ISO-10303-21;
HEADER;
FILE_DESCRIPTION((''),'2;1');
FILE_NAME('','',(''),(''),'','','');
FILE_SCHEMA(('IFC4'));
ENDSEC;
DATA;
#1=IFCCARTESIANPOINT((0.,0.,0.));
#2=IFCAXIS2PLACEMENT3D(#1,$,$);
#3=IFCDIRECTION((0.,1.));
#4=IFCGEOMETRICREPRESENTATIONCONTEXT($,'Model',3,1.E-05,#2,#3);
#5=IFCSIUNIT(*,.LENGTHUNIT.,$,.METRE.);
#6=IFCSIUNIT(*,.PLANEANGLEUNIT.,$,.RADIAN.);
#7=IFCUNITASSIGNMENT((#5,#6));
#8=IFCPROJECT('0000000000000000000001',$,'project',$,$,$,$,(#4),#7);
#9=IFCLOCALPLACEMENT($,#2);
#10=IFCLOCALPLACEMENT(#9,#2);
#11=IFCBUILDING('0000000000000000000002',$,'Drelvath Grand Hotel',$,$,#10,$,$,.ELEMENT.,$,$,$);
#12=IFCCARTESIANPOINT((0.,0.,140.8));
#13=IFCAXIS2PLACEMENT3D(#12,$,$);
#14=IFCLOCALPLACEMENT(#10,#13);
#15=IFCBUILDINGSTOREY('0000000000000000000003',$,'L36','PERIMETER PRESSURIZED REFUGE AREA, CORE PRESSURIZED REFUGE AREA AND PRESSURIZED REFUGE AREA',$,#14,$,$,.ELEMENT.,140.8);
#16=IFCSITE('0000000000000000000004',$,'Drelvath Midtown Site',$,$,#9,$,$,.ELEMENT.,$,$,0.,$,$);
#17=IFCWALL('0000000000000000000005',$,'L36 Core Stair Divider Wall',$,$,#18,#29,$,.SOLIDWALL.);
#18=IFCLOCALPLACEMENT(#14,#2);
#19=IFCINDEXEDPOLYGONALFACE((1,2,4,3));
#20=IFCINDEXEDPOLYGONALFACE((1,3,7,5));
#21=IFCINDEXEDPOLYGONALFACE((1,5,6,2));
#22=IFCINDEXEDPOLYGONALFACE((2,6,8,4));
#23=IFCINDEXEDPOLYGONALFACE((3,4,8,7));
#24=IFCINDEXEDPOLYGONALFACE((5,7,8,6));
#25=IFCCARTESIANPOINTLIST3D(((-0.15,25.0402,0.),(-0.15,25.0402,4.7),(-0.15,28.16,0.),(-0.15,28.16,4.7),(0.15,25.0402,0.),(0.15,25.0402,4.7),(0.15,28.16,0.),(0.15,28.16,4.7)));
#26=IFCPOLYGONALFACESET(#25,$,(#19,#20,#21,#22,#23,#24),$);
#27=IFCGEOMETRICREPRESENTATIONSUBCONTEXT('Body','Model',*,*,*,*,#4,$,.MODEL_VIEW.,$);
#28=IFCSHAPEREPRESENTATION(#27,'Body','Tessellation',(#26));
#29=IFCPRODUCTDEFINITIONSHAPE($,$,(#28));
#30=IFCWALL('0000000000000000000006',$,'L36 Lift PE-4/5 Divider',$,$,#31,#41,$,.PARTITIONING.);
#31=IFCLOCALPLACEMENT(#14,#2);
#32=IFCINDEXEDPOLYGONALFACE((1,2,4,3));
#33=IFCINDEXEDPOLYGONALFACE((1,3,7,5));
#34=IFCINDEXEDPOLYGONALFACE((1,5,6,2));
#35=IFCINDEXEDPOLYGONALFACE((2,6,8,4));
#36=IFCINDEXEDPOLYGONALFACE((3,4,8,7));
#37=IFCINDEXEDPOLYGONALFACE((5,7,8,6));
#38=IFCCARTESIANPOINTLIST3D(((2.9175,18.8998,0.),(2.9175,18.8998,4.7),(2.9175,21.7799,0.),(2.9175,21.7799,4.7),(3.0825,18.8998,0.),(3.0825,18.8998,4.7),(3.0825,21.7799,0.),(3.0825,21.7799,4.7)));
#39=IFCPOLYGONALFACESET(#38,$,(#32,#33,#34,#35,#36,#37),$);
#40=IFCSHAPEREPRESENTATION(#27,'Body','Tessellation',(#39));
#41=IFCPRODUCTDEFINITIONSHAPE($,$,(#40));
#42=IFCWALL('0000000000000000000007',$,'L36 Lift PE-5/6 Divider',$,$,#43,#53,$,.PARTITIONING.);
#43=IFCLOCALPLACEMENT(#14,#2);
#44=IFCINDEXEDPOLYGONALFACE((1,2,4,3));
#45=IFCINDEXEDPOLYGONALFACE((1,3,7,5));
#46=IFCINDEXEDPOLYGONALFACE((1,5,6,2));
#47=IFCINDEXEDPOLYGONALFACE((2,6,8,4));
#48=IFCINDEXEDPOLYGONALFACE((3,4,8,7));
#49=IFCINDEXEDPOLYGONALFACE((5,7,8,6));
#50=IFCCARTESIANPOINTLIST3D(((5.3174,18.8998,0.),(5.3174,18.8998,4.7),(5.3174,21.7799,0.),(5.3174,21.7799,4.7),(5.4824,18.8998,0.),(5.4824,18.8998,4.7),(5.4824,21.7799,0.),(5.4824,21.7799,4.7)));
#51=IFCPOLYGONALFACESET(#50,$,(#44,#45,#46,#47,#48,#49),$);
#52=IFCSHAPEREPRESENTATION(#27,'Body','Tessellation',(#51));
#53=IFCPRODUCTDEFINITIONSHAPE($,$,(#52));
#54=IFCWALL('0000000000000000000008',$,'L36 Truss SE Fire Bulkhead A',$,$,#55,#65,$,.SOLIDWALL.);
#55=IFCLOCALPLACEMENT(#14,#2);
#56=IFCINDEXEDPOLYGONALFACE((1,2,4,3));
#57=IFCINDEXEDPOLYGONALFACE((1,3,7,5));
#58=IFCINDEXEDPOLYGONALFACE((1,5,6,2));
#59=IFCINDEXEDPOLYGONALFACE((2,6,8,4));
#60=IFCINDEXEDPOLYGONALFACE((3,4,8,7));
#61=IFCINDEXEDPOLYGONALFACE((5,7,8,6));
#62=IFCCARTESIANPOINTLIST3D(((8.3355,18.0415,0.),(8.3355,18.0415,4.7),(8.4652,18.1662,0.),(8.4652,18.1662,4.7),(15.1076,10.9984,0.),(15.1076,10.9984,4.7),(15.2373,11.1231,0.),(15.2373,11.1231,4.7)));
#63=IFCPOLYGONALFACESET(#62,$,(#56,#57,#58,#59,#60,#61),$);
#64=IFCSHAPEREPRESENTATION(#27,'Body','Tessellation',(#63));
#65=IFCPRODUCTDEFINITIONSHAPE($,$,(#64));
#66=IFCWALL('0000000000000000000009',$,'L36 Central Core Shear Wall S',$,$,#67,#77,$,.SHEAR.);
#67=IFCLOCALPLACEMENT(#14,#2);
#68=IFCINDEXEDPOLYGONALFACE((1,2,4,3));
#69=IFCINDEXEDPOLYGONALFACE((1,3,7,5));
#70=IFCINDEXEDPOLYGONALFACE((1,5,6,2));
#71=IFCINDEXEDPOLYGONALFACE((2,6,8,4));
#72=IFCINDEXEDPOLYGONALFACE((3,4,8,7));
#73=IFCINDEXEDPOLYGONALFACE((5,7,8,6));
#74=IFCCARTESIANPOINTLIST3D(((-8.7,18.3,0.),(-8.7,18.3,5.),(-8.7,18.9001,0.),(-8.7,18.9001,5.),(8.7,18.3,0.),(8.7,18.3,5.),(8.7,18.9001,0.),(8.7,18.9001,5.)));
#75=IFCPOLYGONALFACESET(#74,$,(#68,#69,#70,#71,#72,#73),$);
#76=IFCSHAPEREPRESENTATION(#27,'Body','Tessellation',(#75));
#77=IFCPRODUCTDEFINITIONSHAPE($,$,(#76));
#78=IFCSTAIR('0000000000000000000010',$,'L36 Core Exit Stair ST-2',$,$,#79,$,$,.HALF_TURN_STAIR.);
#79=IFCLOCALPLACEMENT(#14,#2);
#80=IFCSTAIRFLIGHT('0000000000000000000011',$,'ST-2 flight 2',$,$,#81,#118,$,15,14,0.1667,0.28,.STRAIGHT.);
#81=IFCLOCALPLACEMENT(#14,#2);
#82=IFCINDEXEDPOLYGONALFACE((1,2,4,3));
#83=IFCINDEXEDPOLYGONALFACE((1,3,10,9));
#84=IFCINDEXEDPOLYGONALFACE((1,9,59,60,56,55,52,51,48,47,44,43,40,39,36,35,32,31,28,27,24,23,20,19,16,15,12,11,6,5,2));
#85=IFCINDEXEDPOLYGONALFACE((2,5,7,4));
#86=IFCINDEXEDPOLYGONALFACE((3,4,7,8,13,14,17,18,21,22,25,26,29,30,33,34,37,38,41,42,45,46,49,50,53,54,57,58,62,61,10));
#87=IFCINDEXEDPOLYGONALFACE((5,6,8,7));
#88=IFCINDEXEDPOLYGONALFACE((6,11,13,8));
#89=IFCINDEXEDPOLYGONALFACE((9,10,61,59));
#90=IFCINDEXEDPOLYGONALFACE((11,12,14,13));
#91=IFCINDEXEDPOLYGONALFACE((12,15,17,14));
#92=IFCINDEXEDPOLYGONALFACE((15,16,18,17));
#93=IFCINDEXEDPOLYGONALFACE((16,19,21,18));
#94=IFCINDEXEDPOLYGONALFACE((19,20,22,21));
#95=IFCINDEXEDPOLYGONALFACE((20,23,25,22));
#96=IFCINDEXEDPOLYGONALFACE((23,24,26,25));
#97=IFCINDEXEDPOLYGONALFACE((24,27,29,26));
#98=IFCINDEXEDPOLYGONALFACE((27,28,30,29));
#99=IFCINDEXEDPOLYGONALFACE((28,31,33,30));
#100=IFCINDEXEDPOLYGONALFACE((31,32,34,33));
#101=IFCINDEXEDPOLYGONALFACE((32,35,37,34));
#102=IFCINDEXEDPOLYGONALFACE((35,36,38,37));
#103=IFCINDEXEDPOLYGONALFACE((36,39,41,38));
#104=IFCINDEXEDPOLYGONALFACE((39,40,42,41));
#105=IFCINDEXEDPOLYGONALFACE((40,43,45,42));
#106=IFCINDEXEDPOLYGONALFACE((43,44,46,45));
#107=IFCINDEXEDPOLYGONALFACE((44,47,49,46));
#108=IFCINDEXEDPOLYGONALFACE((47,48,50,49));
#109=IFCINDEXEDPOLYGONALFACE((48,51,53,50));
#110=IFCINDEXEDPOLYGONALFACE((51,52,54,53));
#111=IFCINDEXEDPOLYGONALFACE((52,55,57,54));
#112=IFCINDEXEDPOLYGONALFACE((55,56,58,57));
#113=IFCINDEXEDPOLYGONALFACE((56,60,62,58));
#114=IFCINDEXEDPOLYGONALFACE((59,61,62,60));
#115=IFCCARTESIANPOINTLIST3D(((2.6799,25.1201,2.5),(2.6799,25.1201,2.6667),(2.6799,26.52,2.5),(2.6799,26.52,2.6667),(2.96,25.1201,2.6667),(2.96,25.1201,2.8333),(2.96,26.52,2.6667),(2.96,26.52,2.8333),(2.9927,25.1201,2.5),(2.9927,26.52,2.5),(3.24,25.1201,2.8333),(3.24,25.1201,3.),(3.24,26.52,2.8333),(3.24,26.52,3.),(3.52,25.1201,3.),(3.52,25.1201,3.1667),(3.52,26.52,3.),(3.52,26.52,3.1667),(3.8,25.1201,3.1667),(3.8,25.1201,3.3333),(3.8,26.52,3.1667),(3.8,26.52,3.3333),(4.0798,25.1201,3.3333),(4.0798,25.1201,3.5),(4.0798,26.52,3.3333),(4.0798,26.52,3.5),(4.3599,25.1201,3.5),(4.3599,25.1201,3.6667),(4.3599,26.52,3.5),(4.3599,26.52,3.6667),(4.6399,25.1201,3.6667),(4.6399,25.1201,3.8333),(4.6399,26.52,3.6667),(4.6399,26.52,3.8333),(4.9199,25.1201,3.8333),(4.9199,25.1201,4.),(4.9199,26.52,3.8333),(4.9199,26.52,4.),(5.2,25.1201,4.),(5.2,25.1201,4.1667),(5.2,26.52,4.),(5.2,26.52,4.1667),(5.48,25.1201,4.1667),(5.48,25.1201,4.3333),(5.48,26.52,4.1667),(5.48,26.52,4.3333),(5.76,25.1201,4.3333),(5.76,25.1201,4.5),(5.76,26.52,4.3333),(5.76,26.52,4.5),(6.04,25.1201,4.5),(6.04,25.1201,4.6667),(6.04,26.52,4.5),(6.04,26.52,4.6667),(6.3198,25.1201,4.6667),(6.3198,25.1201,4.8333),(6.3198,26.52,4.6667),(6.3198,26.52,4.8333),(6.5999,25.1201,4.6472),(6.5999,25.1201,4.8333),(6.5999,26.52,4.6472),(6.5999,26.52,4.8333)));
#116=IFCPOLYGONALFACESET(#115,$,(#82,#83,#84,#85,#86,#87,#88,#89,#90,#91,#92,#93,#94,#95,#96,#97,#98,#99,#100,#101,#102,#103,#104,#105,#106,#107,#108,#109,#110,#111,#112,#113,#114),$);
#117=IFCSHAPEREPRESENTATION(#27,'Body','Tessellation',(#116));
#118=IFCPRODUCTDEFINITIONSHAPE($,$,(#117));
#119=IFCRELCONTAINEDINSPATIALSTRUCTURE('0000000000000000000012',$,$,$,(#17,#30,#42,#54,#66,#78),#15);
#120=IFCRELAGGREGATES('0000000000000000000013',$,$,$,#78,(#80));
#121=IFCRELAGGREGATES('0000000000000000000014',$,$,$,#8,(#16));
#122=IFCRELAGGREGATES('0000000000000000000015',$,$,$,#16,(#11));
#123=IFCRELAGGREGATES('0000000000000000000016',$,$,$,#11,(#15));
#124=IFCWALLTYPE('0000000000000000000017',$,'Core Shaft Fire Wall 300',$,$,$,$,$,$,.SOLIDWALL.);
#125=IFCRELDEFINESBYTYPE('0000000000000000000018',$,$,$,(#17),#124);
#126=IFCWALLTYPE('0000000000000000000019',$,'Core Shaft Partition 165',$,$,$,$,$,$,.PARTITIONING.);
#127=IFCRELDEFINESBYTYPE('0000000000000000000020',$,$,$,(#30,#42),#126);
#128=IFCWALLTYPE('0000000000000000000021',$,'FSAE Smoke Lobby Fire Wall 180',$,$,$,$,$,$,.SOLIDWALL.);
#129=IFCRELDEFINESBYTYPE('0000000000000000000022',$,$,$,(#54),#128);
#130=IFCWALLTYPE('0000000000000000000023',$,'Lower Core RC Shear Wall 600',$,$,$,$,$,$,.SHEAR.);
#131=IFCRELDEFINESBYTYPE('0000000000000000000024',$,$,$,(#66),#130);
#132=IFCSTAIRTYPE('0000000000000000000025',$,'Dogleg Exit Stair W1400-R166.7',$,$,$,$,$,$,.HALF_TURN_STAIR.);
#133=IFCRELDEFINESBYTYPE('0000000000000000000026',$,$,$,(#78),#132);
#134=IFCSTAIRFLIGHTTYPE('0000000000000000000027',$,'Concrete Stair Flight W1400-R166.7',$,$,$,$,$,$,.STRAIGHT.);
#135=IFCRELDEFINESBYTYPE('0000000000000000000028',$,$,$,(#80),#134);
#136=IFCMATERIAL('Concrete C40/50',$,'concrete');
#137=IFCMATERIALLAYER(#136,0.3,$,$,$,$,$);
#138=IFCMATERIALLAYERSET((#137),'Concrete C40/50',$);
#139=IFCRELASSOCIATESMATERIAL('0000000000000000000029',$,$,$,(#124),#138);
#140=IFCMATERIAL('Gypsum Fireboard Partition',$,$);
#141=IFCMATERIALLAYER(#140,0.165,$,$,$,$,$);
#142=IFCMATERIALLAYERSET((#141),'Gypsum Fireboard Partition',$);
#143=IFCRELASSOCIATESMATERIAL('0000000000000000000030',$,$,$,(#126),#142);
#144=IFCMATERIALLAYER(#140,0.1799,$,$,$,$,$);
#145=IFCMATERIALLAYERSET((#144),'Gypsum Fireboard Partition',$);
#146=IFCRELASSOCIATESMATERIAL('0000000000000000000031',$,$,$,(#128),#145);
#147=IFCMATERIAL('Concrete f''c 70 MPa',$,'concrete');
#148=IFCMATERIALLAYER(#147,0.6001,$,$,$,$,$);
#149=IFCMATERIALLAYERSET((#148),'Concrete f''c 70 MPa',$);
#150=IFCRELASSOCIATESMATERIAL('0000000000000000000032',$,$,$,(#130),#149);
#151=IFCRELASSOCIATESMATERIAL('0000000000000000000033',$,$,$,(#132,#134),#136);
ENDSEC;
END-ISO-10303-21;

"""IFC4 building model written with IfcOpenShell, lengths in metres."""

from ifc_helpers import new_model, si_unit, direction, frame, frame_2d, origin, place, context, subcontext, project, spatial, polyline, rectangle, outline, extrude, material, layer, layer_set, type_object, element, aggregate, save


model = new_model("IFC4")

# Units and contexts
model_context = context("Model", 3, precision=1e-05, world=origin(), true_north=direction((0.0, 1.0)))
body_context = subcontext(model_context, "Body", "Model", "MODEL_VIEW")
ifc_project = project(units=[si_unit("LENGTHUNIT", "METRE"), si_unit("PLANEANGLEUNIT", "RADIAN")], contexts=[model_context])

# Site, building, storey
site_placement = place(None, origin())
site = spatial("IfcSite", under=ifc_project, at=site_placement, Name="Drelvath Midtown Site", CompositionType="ELEMENT", RefElevation=0.0)
building_placement = place(site_placement, origin())
building = spatial("IfcBuilding", under=site, at=building_placement, Name="Drelvath Grand Hotel", CompositionType="ELEMENT")
storey_placement = place(building_placement, frame((0.0, 0.0, 140.8)))
storey = spatial("IfcBuildingStorey", under=building, at=storey_placement, Name="L36", Description="PERIMETER PRESSURIZED REFUGE AREA, CORE PRESSURIZED REFUGE AREA AND PRESSURIZED REFUGE AREA", CompositionType="ELEMENT", Elevation=140.8)

# Shared definitions
ifc_material_1 = material(Name="Concrete f'c 70 MPa", Category="concrete")

# Shared definitions
ifc_material_2 = material(Name="Concrete C40/50", Category="concrete")

# Walls
ifc_layer_1 = layer(ifc_material_2, 0.3)
ifc_layer_set_1 = layer_set([ifc_layer_1], Name="Concrete C40/50")
wall_type_1 = type_object("IfcWallType", Name="Core Shaft Fire Wall 300", PredefinedType="SOLIDWALL", material=ifc_layer_set_1)
wall_1_placement = place(storey_placement, frame((0.0, 25.04, 0.0), z_axis=(0.0, 0.0, 1.0), x_axis=(0.0, 1.0, 0.0)))
element("IfcWall", 1, at=wall_1_placement, inside=storey, type_object=wall_type_1, Name="L36 Core Stair Divider Wall", PredefinedType="SOLIDWALL", context=body_context, shape_type="SweptSolid", body=[
    extrude(rectangle(XDim=3.1199, YDim=0.3, at=frame_2d((1.5601, 0.0))), origin(), (0.0, 0.0, 1.0), 4.7),
])
ifc_material_3 = material(Name="Gypsum Fireboard Partition")
ifc_layer_2 = layer(ifc_material_3, 0.165)
ifc_layer_set_2 = layer_set([ifc_layer_2], Name="Gypsum Fireboard Partition")
wall_type_2 = type_object("IfcWallType", Name="Core Shaft Partition 165", PredefinedType="PARTITIONING", material=ifc_layer_set_2)
for number, where, z_axis, x_axis, name in (
    (2, (3.0, 18.8999, 0.0), (0.0, 0.0, 1.0), (0.0, 1.0, 0.0), "L36 Lift PE-4/5 Divider"),
    (3, (5.3999, 18.8999, 0.0), (0.0, 0.0, 1.0), (0.0, 1.0, 0.0), "L36 Lift PE-5/6 Divider"),
):
    element("IfcWall", number, at=place(storey_placement, frame(where, z_axis=z_axis, x_axis=x_axis)), inside=storey, type_object=wall_type_2, Name=name, PredefinedType="PARTITIONING", context=body_context, shape_type="SweptSolid", body=[
        extrude(rectangle(XDim=2.8801, YDim=0.165, at=frame_2d((1.4399, 0.0))), origin(), (0.0, 0.0, 1.0), 4.7),
    ])
ifc_layer_3 = layer(ifc_material_3, 0.1799)
ifc_layer_set_3 = layer_set([ifc_layer_3], Name="Gypsum Fireboard Partition")
wall_type_3 = type_object("IfcWallType", Name="FSAE Smoke Lobby Fire Wall 180", PredefinedType="SOLIDWALL", material=ifc_layer_set_3)
wall_2_placement = place(storey_placement, frame((8.4004, 18.1038, 0.0), z_axis=(0.0, 0.0, 1.0), x_axis=(0.693103, -0.720838, 0.0)))
element("IfcWall", 4, at=wall_2_placement, inside=storey, type_object=wall_type_3, Name="L36 Truss SE Fire Bulkhead A", PredefinedType="SOLIDWALL", context=body_context, shape_type="SweptSolid", body=[
    extrude(rectangle(XDim=9.7708, YDim=0.1799, at=frame_2d((4.8853, 0.0))), origin(), (0.0, 0.0, 1.0), 4.7),
])
ifc_layer_4 = layer(ifc_material_1, 0.6001)
ifc_layer_set_4 = layer_set([ifc_layer_4], Name="Concrete f'c 70 MPa")
wall_type_4 = type_object("IfcWallType", Name="Lower Core RC Shear Wall 600", PredefinedType="SHEAR", material=ifc_layer_set_4)
wall_3_placement = place(storey_placement, frame((8.7, 18.6001, 0.0), z_axis=(0.0, 0.0, 1.0), x_axis=(-1.0, 0.0, 0.0)))
element("IfcWall", 5, at=wall_3_placement, inside=storey, type_object=wall_type_4, Name="L36 Central Core Shear Wall S", PredefinedType="SHEAR", context=body_context, shape_type="SweptSolid", body=[
    extrude(rectangle(XDim=17.3999, YDim=0.6001, at=frame_2d((8.7, 0.0))), origin(), (0.0, 0.0, 1.0), 5.0),
])

# Stair, stair flight
stair_type = type_object("IfcStairType", Name="Dogleg Exit Stair W1400-R166.7", PredefinedType="HALF_TURN_STAIR", material=ifc_material_2)
stair_placement = place(storey_placement, origin())
stair = element("IfcStair", 6, at=stair_placement, inside=storey, type_object=stair_type, Name="L36 Core Exit Stair ST-2", PredefinedType="HALF_TURN_STAIR")
stair_flight_type = type_object("IfcStairFlightType", Name="Concrete Stair Flight W1400-R166.7", PredefinedType="STRAIGHT", material=ifc_material_2)
stair_flight_placement = place(storey_placement, frame((2.6799, 25.8201, 2.5), z_axis=(0.0, 0.0, 1.0), x_axis=(1.0, 0.0, 0.0)))
stair_flight = element("IfcStairFlight", 7, at=stair_flight_placement, type_object=stair_flight_type, Name="ST-2 flight 2", NumberOfRisers=15, NumberOfTreads=14, PredefinedType="STRAIGHT", RiserHeight=0.1667, TreadLength=0.28, context=body_context, shape_type="SweptSolid", body=[
    extrude(outline(polyline([(0.0, 0.0), (0.0, 0.1667), (0.28, 0.1667), (0.28, 0.3333), (0.5601, 0.3333), (0.5601, 0.5), (0.8401, 0.5), (0.8401, 0.6667), (1.1201, 0.6667), (1.1201, 0.8333), (1.3999, 0.8333), (1.3999, 1.0), (1.6799, 1.0), (1.6799, 1.1667), (1.96, 1.1667), (1.96, 1.3333), (2.24, 1.3333), (2.24, 1.5), (2.52, 1.5), (2.52, 1.6667), (2.8, 1.6667), (2.8, 1.8333), (3.0801, 1.8333), (3.0801, 2.0), (3.3601, 2.0), (3.3601, 2.1667), (3.6399, 2.1667), (3.6399, 2.3333), (3.9199, 2.3333), (3.9199, 2.5), (3.9199, 2.1472), (0.3127, 0.0), (0.0, 0.0)])), frame((0.0, 0.7, 0.0), z_axis=(0.0, -1.0, 0.0), x_axis=(1.0, 0.0, 0.0)), (0.0, 0.0, 1.0), 1.3999),
])
aggregate(stair, [stair_flight])

save(model, "model.ifc")
